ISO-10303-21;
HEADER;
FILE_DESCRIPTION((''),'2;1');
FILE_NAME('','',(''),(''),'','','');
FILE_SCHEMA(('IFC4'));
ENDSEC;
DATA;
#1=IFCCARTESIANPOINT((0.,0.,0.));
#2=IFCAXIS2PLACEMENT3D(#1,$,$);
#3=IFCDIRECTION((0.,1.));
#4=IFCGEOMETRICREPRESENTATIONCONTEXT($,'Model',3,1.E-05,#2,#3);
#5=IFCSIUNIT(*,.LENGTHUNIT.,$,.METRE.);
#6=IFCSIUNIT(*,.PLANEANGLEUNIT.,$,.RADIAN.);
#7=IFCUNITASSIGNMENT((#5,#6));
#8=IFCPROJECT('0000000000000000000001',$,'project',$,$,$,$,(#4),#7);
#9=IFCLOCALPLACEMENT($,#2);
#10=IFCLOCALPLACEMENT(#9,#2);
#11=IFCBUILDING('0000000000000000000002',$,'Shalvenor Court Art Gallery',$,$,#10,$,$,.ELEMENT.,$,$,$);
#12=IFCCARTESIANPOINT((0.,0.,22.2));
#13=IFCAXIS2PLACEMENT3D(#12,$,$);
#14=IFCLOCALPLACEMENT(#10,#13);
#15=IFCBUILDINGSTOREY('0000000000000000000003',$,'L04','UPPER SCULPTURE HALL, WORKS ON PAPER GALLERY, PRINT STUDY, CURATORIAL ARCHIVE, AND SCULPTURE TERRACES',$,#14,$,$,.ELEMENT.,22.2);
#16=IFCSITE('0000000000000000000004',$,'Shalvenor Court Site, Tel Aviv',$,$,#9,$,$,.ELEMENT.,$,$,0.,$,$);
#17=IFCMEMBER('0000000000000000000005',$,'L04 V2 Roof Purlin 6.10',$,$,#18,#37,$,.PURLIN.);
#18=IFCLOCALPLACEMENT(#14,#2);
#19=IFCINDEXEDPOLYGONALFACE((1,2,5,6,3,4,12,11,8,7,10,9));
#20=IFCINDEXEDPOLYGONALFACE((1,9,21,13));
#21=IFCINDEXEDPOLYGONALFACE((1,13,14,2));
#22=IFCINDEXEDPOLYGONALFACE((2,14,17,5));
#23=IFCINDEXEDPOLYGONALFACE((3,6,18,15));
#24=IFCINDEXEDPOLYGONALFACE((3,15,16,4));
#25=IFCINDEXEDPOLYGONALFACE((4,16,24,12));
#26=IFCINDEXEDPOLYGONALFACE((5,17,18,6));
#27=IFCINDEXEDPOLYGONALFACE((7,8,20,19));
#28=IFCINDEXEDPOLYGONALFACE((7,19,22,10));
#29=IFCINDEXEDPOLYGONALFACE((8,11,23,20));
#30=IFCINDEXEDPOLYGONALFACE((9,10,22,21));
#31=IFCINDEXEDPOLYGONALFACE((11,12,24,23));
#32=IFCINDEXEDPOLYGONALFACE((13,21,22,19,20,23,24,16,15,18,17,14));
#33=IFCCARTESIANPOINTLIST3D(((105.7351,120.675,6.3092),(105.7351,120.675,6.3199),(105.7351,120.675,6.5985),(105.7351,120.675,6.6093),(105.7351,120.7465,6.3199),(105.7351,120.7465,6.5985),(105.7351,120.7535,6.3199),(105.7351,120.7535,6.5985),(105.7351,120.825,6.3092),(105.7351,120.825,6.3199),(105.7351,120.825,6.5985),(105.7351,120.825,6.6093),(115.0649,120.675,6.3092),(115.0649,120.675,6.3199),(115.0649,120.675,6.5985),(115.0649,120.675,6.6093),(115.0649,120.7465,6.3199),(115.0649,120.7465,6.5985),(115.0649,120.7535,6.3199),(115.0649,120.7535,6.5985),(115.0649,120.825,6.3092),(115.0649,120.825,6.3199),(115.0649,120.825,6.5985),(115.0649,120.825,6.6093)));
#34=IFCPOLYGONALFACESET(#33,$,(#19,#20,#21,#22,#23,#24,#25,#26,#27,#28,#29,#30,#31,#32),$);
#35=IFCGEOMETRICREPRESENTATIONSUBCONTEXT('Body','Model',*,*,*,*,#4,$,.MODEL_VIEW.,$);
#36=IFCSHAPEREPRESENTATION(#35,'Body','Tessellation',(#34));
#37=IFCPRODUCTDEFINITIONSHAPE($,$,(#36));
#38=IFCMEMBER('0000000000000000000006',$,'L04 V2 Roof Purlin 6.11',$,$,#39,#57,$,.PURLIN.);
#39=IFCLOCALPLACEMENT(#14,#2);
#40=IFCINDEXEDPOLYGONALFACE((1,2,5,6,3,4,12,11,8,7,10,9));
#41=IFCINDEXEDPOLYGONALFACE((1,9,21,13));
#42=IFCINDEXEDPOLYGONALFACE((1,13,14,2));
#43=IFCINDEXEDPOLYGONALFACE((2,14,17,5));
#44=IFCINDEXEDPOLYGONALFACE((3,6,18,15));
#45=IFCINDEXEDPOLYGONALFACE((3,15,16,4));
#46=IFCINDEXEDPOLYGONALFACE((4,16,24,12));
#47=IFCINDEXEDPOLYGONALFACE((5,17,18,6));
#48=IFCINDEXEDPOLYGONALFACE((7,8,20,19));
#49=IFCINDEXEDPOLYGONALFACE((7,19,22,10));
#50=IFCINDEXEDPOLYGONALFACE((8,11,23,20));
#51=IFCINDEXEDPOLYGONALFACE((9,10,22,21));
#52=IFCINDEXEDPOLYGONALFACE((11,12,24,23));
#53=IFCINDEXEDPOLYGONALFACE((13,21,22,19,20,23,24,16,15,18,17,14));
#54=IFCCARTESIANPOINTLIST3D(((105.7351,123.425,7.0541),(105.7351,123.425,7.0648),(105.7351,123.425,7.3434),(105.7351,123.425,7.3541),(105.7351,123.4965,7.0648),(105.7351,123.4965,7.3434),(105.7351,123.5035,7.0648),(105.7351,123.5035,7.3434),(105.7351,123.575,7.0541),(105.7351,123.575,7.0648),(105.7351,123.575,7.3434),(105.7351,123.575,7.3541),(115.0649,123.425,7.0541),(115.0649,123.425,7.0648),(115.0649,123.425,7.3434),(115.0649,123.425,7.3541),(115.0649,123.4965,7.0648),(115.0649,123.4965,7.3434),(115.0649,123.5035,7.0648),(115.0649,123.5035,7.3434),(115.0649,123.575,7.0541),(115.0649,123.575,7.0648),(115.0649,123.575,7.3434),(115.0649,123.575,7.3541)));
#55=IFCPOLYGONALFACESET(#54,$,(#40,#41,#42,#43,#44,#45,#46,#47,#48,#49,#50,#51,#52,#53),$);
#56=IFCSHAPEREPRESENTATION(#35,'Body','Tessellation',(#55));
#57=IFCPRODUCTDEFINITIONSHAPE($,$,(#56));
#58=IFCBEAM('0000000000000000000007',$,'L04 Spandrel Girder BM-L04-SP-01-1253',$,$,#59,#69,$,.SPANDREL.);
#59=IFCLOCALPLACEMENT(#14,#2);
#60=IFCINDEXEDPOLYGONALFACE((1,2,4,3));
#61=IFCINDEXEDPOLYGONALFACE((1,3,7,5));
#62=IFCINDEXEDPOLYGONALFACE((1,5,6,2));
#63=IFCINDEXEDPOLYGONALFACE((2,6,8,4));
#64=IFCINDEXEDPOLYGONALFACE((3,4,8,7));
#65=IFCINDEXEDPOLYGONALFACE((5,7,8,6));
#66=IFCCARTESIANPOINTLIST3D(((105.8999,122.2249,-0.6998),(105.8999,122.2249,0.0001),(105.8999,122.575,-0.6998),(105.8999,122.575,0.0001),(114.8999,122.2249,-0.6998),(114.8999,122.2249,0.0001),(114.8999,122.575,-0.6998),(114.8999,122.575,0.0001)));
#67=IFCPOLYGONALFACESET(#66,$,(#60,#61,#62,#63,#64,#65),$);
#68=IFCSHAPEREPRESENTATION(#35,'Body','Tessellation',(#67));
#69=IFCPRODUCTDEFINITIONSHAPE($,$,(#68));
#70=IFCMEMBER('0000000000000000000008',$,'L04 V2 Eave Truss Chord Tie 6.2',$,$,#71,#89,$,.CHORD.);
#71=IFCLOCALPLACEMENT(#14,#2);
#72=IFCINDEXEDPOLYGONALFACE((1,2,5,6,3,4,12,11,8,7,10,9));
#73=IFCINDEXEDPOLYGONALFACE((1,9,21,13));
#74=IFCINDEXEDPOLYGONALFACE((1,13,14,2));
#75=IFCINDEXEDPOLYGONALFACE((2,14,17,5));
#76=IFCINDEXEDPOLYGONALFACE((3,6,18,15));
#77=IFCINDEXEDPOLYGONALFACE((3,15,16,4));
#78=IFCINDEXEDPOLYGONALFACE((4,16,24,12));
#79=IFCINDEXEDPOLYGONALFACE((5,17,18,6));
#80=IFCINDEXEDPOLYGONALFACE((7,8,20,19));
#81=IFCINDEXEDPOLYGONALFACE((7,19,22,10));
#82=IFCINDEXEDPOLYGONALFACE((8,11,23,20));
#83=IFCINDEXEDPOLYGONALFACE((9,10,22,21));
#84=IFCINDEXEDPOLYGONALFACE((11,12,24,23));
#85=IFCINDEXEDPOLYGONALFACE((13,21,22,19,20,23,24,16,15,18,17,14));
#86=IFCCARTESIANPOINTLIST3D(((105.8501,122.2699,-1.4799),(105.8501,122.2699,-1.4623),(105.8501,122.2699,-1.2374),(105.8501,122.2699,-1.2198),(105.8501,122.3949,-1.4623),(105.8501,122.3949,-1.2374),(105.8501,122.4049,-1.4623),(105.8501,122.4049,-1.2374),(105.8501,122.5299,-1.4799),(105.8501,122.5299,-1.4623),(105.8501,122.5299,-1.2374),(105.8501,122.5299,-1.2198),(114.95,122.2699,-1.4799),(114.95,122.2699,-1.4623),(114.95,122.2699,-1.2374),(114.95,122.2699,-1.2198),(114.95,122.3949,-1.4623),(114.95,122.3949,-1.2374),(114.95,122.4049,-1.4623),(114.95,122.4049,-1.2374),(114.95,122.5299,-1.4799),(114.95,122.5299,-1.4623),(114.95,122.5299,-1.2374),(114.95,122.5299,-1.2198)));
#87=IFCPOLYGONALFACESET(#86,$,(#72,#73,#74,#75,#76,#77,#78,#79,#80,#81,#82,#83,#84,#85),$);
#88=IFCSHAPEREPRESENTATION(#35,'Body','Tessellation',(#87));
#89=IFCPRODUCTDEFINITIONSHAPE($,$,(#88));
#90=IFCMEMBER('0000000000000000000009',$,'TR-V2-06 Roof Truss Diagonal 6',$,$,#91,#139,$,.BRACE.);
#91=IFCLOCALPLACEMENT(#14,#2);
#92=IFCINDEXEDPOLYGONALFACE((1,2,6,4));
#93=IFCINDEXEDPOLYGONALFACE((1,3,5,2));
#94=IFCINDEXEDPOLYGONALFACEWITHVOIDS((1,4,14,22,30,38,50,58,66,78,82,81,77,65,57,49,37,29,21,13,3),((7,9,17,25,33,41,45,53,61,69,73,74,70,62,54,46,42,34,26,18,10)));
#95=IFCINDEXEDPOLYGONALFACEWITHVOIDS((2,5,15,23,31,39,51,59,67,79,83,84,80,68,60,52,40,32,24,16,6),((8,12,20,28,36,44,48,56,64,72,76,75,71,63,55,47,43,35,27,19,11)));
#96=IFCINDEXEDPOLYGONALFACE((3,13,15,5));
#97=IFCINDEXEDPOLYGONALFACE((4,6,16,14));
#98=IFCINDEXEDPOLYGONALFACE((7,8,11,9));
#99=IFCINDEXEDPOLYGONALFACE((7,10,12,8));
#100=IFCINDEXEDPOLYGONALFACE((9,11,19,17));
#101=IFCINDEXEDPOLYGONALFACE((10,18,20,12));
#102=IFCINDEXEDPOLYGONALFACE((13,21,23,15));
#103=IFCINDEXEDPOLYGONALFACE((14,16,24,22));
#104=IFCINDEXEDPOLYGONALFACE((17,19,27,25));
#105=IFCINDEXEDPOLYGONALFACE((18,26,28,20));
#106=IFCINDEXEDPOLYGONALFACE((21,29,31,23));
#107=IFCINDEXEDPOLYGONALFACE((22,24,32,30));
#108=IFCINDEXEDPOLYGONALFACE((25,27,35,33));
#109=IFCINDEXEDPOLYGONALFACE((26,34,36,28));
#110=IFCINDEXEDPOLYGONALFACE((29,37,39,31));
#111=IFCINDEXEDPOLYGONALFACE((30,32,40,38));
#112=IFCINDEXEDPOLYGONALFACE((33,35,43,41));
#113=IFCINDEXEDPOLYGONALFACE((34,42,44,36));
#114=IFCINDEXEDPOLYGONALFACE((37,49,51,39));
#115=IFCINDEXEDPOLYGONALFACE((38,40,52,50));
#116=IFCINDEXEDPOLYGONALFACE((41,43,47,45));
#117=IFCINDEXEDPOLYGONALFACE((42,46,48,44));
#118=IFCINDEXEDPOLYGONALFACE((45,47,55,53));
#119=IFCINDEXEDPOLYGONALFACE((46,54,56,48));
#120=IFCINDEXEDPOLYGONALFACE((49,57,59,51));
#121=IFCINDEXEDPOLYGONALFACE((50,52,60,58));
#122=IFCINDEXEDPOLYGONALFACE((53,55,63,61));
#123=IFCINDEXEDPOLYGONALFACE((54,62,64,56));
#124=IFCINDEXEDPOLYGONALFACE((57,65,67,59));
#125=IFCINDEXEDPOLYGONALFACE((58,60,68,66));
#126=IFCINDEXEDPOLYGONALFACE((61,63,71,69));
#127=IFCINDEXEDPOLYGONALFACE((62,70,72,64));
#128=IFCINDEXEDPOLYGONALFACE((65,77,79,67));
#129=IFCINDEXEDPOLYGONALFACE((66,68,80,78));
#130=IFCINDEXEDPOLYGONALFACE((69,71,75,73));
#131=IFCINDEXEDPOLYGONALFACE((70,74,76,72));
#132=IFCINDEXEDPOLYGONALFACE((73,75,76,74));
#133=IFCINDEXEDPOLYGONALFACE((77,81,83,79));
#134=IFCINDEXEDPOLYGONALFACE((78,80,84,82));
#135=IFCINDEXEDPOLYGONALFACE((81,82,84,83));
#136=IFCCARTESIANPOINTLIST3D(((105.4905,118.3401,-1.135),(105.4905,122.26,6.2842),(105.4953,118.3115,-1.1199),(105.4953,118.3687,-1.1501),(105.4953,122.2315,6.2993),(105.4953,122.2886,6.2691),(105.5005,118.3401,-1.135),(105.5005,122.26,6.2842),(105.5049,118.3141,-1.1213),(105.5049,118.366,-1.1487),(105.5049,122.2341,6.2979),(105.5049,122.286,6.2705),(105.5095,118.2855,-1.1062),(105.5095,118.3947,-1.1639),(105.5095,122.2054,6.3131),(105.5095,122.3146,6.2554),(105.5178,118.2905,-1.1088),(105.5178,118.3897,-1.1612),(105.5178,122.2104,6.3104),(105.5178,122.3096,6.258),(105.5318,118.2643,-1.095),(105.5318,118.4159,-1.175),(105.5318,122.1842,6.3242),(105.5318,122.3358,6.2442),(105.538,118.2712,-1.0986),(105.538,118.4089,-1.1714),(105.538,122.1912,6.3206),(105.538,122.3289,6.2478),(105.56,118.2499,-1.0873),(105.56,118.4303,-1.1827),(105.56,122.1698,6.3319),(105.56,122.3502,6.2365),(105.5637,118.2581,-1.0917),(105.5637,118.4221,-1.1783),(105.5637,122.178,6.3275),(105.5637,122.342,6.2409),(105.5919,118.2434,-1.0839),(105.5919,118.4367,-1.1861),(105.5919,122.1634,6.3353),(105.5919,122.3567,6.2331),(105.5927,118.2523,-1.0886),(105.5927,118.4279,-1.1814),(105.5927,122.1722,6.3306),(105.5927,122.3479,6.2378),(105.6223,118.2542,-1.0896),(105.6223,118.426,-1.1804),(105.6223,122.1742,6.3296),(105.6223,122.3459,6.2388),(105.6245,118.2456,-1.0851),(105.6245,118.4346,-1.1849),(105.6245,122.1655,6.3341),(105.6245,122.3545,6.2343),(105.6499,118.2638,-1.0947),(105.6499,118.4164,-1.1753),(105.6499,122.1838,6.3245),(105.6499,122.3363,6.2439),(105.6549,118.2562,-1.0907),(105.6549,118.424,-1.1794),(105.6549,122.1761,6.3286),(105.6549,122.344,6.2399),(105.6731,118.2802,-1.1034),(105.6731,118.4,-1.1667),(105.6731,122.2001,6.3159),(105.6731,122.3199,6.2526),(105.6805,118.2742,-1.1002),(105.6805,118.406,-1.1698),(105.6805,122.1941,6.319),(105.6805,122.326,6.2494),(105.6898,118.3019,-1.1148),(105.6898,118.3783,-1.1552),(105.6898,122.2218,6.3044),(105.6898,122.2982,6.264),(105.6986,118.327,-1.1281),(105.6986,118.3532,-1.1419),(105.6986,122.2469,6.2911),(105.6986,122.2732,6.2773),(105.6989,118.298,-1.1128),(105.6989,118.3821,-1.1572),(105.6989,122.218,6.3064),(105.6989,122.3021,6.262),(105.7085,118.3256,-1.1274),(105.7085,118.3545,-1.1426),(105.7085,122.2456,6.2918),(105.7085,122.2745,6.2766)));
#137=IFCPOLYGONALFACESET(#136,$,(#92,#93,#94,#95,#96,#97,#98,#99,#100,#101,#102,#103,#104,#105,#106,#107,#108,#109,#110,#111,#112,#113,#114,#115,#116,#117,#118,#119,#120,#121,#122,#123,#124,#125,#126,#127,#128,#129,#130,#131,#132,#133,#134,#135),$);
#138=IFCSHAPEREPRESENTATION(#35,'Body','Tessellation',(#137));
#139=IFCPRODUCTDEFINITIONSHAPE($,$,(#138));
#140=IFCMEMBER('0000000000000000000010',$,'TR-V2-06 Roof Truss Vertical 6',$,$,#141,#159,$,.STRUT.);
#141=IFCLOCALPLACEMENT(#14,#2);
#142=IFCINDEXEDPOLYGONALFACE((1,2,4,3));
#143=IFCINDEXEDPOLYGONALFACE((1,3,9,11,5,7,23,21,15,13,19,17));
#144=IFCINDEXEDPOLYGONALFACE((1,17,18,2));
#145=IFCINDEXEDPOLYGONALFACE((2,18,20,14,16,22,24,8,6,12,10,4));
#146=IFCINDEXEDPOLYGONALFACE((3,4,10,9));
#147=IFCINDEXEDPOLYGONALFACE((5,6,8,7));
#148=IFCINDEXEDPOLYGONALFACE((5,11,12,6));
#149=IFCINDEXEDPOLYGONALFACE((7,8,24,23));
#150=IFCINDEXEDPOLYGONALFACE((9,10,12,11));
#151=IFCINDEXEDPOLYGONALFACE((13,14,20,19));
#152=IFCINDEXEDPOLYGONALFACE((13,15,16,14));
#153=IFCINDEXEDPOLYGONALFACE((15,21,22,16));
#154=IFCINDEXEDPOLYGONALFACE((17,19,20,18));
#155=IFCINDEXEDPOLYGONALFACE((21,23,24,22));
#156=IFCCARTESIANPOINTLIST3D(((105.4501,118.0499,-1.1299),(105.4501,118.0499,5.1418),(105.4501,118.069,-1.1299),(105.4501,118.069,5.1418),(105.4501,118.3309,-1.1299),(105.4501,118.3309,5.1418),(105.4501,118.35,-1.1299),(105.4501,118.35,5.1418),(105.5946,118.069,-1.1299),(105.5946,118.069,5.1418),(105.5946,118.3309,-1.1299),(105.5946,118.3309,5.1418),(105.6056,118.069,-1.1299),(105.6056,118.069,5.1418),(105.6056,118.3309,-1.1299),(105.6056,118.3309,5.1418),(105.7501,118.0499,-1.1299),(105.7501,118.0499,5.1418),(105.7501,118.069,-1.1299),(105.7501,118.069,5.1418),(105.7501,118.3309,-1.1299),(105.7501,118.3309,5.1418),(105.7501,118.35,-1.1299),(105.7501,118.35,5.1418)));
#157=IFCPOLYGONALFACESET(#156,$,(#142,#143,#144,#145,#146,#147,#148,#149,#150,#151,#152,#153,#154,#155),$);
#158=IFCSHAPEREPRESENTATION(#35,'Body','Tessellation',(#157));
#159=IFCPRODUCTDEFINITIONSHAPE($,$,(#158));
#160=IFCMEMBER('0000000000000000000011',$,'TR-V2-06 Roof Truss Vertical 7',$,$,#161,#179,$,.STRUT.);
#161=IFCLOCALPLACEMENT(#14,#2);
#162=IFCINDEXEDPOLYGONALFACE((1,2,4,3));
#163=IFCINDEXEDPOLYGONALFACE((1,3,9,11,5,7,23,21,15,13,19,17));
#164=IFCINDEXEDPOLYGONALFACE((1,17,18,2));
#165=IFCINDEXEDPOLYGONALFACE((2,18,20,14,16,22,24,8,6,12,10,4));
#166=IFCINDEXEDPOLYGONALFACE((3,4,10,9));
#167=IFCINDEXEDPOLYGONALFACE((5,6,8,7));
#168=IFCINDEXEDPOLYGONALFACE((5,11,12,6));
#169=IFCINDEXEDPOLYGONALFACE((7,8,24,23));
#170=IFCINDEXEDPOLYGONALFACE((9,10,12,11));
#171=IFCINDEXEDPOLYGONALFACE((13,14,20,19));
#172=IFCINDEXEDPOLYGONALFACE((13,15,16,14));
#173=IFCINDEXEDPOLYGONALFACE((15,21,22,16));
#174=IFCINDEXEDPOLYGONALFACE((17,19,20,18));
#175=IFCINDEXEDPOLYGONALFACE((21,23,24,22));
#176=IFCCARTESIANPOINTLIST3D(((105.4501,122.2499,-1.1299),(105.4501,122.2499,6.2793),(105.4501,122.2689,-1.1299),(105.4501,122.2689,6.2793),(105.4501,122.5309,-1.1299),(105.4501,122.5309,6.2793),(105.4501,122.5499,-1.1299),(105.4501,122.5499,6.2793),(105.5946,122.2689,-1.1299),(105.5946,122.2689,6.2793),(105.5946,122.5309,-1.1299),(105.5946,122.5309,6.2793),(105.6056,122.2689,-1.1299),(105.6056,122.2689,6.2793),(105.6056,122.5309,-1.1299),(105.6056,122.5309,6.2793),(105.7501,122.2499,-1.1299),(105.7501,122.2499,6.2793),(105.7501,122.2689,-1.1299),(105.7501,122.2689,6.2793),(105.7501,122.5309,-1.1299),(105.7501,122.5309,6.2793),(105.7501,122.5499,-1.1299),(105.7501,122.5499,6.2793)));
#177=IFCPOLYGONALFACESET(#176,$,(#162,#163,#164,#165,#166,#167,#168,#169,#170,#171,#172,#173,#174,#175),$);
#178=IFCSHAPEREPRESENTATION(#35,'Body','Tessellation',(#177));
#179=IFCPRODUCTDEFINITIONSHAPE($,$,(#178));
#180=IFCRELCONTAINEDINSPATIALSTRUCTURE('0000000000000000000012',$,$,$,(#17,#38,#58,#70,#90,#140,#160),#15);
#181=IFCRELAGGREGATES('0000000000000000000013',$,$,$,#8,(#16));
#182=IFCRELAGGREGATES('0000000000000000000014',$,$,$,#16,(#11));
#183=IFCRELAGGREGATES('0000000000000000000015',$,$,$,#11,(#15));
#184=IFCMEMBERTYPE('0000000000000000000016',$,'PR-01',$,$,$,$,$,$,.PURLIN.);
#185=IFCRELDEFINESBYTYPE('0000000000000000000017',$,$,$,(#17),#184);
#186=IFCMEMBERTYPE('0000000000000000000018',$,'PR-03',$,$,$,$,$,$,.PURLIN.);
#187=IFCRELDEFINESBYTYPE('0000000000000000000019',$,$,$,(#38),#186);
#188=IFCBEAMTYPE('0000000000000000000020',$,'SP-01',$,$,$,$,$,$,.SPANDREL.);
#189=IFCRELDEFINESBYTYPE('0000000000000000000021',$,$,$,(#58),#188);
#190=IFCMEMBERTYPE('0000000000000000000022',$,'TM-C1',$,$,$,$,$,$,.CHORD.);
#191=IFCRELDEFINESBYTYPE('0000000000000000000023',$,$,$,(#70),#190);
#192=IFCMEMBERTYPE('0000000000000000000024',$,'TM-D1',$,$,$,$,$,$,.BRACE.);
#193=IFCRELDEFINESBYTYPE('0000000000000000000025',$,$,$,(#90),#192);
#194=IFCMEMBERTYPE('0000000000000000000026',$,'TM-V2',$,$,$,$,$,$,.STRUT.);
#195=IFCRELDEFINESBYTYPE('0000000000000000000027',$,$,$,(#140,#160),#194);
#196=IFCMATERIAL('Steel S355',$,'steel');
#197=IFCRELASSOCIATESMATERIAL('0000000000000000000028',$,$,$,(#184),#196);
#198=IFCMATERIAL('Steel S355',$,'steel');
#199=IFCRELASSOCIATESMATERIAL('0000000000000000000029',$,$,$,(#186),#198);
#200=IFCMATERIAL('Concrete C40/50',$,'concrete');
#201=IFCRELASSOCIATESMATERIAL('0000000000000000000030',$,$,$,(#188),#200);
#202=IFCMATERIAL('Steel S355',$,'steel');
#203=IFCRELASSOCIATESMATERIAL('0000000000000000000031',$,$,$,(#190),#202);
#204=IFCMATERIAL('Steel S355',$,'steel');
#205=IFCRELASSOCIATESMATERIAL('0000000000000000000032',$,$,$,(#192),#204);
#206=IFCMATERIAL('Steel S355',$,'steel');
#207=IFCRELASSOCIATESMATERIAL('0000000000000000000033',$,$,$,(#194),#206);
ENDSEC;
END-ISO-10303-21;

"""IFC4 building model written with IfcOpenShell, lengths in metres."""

from ifc_helpers import new_model, si_unit, direction, frame, origin, origin_2d, place, context, subcontext, project, spatial, rectangle, hollow_circle, i_section, extrude, material, material_profile, profile_set, type_object, element, save


model = new_model("IFC4")

# Units and contexts
model_context = context("Model", 3, precision=1e-05, world=origin(), true_north=direction((0.0, 1.0)))
body_context = subcontext(model_context, "Body", "Model", "MODEL_VIEW")
ifc_project = project(units=[si_unit("LENGTHUNIT", "METRE"), si_unit("PLANEANGLEUNIT", "RADIAN")], contexts=[model_context])

# Site, building, storey
site_placement = place(None, origin())
site = spatial("IfcSite", under=ifc_project, at=site_placement, Name="Shalvenor Court Site, Tel Aviv", CompositionType="ELEMENT", RefElevation=0.0)
building_placement = place(site_placement, origin())
building = spatial("IfcBuilding", under=site, at=building_placement, Name="Shalvenor Court Art Gallery", CompositionType="ELEMENT")
storey_placement = place(building_placement, frame((0.0, 0.0, 22.2)))
storey = spatial("IfcBuildingStorey", under=building, at=storey_placement, Name="L04", Description="UPPER SCULPTURE HALL, WORKS ON PAPER GALLERY, PRINT STUDY, CURATORIAL ARCHIVE, AND SCULPTURE TERRACES", CompositionType="ELEMENT", Elevation=22.2)

# Members
ifc_material_1 = material(Name="Steel S355", Category="steel")
ifc_material_profile_1 = material_profile(ifc_material_1, i_section(OverallWidth=0.1499, OverallDepth=0.3, WebThickness=0.0071, FlangeThickness=0.0107, at=origin_2d()), Name="IPE 300")
ifc_profile_set_1 = profile_set([ifc_material_profile_1], Name="Steel S355")
member_type_1 = type_object("IfcMemberType", Name="PR-01", PredefinedType="PURLIN", material=ifc_profile_set_1)
for number, where, z_axis, x_axis, name in (
    (1, (105.7351, 120.75, 6.4592), (1.0, 0.0, 0.0), (0.0, 1.0, 0.0), "L04 V2 Roof Purlin 6.10"),
):
    element("IfcMember", number, at=place(storey_placement, frame(where, z_axis=z_axis, x_axis=x_axis)), inside=storey, type_object=member_type_1, Name=name, PredefinedType="PURLIN", context=body_context, shape_type="SweptSolid", body=[
        extrude(i_section(OverallWidth=0.1499, OverallDepth=0.3, WebThickness=0.0071, FlangeThickness=0.0107, at=origin_2d()), origin(), (0.0, 0.0, 1.0), 9.3298),
    ])
ifc_material_2 = material(Name="Steel S355", Category="steel")
ifc_material_profile_2 = material_profile(ifc_material_2, i_section(OverallWidth=0.1499, OverallDepth=0.3, WebThickness=0.0071, FlangeThickness=0.0107, at=origin_2d()), Name="IPE 300")
ifc_profile_set_2 = profile_set([ifc_material_profile_2], Name="Steel S355")
member_type_2 = type_object("IfcMemberType", Name="PR-03", PredefinedType="PURLIN", material=ifc_profile_set_2)
member_1_placement = place(storey_placement, frame((105.7351, 123.5, 7.2041), z_axis=(1.0, 0.0, 0.0), x_axis=(0.0, 1.0, 0.0)))
element("IfcMember", 2, at=member_1_placement, inside=storey, type_object=member_type_2, Name="L04 V2 Roof Purlin 6.11", PredefinedType="PURLIN", context=body_context, shape_type="SweptSolid", body=[
    extrude(i_section(OverallWidth=0.1499, OverallDepth=0.3, WebThickness=0.0071, FlangeThickness=0.0107, at=origin_2d()), origin(), (0.0, 0.0, 1.0), 9.3298),
])

# Beam
ifc_material_3 = material(Name="Concrete C40/50", Category="concrete")
ifc_material_profile_3 = material_profile(ifc_material_3, rectangle(XDim=0.3501, YDim=0.7, at=origin_2d()), Name="RC 350x700")
ifc_profile_set_3 = profile_set([ifc_material_profile_3], Name="Concrete C40/50")
beam_type = type_object("IfcBeamType", Name="SP-01", PredefinedType="SPANDREL", material=ifc_profile_set_3)
beam_placement = place(storey_placement, frame((105.8999, 122.3999, -0.3499), z_axis=(1.0, 0.0, 0.0), x_axis=(0.0, 1.0, 0.0)))
element("IfcBeam", 3, at=beam_placement, inside=storey, type_object=beam_type, Name="L04 Spandrel Girder BM-L04-SP-01-1253", PredefinedType="SPANDREL", context=body_context, shape_type="SweptSolid", body=[
    extrude(rectangle(XDim=0.3501, YDim=0.7, at=origin_2d()), origin(), (0.0, 0.0, 1.0), 9.0),
])

# Members
ifc_material_4 = material(Name="Steel S355", Category="steel")
ifc_material_profile_4 = material_profile(ifc_material_4, i_section(OverallWidth=0.26, OverallDepth=0.26, WebThickness=0.01, FlangeThickness=0.0176, at=origin_2d()), Name="HEB 260")
ifc_profile_set_4 = profile_set([ifc_material_profile_4], Name="Steel S355")
member_type_3 = type_object("IfcMemberType", Name="TM-C1", PredefinedType="CHORD", material=ifc_profile_set_4)
member_2_placement = place(storey_placement, frame((105.8501, 122.3999, -1.3499), z_axis=(1.0, 0.0, 0.0), x_axis=(0.0, 1.0, 0.0)))
element("IfcMember", 4, at=member_2_placement, inside=storey, type_object=member_type_3, Name="L04 V2 Eave Truss Chord Tie 6.2", PredefinedType="CHORD", context=body_context, shape_type="SweptSolid", body=[
    extrude(i_section(OverallWidth=0.26, OverallDepth=0.26, WebThickness=0.01, FlangeThickness=0.0176, at=origin_2d()), origin(), (0.0, 0.0, 1.0), 9.0999),
])
ifc_material_5 = material(Name="Steel S355", Category="steel")
ifc_material_profile_5 = material_profile(ifc_material_5, hollow_circle(Radius=0.1096, WallThickness=0.01, at=origin_2d()), Name="CHS 219.1x10.0")
ifc_profile_set_5 = profile_set([ifc_material_profile_5], Name="Steel S355")
member_type_4 = type_object("IfcMemberType", Name="TM-D1", PredefinedType="BRACE", material=ifc_profile_set_5)
member_3_placement = place(storey_placement, frame((105.6001, 118.3401, -1.135), z_axis=(0.0, 0.467154, 0.884176), x_axis=(-1.0, 0.0, 0.0)))
element("IfcMember", 5, at=member_3_placement, inside=storey, type_object=member_type_4, Name="TR-V2-06 Roof Truss Diagonal 6", PredefinedType="BRACE", context=body_context, shape_type="SweptSolid", body=[
    extrude(hollow_circle(Radius=0.1096, WallThickness=0.01, at=origin_2d()), origin(), (0.0, 0.0, 1.0), 8.3911),
])
ifc_material_6 = material(Name="Steel S355", Category="steel")
ifc_material_profile_6 = material_profile(ifc_material_6, i_section(OverallWidth=0.3, OverallDepth=0.3, WebThickness=0.011, FlangeThickness=0.019, at=origin_2d()), Name="HEB 300")
ifc_profile_set_6 = profile_set([ifc_material_profile_6], Name="Steel S355")
member_type_5 = type_object("IfcMemberType", Name="TM-V2", PredefinedType="STRUT", material=ifc_profile_set_6)
member_4_placement = place(storey_placement, frame((105.6001, 118.2, -1.1299), z_axis=(0.0, 0.0, 1.0), x_axis=(1.0, 0.0, 0.0)))
element("IfcMember", 6, at=member_4_placement, inside=storey, type_object=member_type_5, Name="TR-V2-06 Roof Truss Vertical 6", PredefinedType="STRUT", context=body_context, shape_type="SweptSolid", body=[
    extrude(i_section(OverallWidth=0.3, OverallDepth=0.3, WebThickness=0.011, FlangeThickness=0.019, at=origin_2d()), origin(), (0.0, 0.0, 1.0), 6.2717),
])
member_5_placement = place(storey_placement, frame((105.6001, 122.3999, -1.1299), z_axis=(0.0, 0.0, 1.0), x_axis=(1.0, 0.0, 0.0)))
element("IfcMember", 7, at=member_5_placement, inside=storey, type_object=member_type_5, Name="TR-V2-06 Roof Truss Vertical 7", PredefinedType="STRUT", context=body_context, shape_type="SweptSolid", body=[
    extrude(i_section(OverallWidth=0.3, OverallDepth=0.3, WebThickness=0.011, FlangeThickness=0.019, at=origin_2d()), origin(), (0.0, 0.0, 1.0), 7.4092),
])

save(model, "model.ifc")
